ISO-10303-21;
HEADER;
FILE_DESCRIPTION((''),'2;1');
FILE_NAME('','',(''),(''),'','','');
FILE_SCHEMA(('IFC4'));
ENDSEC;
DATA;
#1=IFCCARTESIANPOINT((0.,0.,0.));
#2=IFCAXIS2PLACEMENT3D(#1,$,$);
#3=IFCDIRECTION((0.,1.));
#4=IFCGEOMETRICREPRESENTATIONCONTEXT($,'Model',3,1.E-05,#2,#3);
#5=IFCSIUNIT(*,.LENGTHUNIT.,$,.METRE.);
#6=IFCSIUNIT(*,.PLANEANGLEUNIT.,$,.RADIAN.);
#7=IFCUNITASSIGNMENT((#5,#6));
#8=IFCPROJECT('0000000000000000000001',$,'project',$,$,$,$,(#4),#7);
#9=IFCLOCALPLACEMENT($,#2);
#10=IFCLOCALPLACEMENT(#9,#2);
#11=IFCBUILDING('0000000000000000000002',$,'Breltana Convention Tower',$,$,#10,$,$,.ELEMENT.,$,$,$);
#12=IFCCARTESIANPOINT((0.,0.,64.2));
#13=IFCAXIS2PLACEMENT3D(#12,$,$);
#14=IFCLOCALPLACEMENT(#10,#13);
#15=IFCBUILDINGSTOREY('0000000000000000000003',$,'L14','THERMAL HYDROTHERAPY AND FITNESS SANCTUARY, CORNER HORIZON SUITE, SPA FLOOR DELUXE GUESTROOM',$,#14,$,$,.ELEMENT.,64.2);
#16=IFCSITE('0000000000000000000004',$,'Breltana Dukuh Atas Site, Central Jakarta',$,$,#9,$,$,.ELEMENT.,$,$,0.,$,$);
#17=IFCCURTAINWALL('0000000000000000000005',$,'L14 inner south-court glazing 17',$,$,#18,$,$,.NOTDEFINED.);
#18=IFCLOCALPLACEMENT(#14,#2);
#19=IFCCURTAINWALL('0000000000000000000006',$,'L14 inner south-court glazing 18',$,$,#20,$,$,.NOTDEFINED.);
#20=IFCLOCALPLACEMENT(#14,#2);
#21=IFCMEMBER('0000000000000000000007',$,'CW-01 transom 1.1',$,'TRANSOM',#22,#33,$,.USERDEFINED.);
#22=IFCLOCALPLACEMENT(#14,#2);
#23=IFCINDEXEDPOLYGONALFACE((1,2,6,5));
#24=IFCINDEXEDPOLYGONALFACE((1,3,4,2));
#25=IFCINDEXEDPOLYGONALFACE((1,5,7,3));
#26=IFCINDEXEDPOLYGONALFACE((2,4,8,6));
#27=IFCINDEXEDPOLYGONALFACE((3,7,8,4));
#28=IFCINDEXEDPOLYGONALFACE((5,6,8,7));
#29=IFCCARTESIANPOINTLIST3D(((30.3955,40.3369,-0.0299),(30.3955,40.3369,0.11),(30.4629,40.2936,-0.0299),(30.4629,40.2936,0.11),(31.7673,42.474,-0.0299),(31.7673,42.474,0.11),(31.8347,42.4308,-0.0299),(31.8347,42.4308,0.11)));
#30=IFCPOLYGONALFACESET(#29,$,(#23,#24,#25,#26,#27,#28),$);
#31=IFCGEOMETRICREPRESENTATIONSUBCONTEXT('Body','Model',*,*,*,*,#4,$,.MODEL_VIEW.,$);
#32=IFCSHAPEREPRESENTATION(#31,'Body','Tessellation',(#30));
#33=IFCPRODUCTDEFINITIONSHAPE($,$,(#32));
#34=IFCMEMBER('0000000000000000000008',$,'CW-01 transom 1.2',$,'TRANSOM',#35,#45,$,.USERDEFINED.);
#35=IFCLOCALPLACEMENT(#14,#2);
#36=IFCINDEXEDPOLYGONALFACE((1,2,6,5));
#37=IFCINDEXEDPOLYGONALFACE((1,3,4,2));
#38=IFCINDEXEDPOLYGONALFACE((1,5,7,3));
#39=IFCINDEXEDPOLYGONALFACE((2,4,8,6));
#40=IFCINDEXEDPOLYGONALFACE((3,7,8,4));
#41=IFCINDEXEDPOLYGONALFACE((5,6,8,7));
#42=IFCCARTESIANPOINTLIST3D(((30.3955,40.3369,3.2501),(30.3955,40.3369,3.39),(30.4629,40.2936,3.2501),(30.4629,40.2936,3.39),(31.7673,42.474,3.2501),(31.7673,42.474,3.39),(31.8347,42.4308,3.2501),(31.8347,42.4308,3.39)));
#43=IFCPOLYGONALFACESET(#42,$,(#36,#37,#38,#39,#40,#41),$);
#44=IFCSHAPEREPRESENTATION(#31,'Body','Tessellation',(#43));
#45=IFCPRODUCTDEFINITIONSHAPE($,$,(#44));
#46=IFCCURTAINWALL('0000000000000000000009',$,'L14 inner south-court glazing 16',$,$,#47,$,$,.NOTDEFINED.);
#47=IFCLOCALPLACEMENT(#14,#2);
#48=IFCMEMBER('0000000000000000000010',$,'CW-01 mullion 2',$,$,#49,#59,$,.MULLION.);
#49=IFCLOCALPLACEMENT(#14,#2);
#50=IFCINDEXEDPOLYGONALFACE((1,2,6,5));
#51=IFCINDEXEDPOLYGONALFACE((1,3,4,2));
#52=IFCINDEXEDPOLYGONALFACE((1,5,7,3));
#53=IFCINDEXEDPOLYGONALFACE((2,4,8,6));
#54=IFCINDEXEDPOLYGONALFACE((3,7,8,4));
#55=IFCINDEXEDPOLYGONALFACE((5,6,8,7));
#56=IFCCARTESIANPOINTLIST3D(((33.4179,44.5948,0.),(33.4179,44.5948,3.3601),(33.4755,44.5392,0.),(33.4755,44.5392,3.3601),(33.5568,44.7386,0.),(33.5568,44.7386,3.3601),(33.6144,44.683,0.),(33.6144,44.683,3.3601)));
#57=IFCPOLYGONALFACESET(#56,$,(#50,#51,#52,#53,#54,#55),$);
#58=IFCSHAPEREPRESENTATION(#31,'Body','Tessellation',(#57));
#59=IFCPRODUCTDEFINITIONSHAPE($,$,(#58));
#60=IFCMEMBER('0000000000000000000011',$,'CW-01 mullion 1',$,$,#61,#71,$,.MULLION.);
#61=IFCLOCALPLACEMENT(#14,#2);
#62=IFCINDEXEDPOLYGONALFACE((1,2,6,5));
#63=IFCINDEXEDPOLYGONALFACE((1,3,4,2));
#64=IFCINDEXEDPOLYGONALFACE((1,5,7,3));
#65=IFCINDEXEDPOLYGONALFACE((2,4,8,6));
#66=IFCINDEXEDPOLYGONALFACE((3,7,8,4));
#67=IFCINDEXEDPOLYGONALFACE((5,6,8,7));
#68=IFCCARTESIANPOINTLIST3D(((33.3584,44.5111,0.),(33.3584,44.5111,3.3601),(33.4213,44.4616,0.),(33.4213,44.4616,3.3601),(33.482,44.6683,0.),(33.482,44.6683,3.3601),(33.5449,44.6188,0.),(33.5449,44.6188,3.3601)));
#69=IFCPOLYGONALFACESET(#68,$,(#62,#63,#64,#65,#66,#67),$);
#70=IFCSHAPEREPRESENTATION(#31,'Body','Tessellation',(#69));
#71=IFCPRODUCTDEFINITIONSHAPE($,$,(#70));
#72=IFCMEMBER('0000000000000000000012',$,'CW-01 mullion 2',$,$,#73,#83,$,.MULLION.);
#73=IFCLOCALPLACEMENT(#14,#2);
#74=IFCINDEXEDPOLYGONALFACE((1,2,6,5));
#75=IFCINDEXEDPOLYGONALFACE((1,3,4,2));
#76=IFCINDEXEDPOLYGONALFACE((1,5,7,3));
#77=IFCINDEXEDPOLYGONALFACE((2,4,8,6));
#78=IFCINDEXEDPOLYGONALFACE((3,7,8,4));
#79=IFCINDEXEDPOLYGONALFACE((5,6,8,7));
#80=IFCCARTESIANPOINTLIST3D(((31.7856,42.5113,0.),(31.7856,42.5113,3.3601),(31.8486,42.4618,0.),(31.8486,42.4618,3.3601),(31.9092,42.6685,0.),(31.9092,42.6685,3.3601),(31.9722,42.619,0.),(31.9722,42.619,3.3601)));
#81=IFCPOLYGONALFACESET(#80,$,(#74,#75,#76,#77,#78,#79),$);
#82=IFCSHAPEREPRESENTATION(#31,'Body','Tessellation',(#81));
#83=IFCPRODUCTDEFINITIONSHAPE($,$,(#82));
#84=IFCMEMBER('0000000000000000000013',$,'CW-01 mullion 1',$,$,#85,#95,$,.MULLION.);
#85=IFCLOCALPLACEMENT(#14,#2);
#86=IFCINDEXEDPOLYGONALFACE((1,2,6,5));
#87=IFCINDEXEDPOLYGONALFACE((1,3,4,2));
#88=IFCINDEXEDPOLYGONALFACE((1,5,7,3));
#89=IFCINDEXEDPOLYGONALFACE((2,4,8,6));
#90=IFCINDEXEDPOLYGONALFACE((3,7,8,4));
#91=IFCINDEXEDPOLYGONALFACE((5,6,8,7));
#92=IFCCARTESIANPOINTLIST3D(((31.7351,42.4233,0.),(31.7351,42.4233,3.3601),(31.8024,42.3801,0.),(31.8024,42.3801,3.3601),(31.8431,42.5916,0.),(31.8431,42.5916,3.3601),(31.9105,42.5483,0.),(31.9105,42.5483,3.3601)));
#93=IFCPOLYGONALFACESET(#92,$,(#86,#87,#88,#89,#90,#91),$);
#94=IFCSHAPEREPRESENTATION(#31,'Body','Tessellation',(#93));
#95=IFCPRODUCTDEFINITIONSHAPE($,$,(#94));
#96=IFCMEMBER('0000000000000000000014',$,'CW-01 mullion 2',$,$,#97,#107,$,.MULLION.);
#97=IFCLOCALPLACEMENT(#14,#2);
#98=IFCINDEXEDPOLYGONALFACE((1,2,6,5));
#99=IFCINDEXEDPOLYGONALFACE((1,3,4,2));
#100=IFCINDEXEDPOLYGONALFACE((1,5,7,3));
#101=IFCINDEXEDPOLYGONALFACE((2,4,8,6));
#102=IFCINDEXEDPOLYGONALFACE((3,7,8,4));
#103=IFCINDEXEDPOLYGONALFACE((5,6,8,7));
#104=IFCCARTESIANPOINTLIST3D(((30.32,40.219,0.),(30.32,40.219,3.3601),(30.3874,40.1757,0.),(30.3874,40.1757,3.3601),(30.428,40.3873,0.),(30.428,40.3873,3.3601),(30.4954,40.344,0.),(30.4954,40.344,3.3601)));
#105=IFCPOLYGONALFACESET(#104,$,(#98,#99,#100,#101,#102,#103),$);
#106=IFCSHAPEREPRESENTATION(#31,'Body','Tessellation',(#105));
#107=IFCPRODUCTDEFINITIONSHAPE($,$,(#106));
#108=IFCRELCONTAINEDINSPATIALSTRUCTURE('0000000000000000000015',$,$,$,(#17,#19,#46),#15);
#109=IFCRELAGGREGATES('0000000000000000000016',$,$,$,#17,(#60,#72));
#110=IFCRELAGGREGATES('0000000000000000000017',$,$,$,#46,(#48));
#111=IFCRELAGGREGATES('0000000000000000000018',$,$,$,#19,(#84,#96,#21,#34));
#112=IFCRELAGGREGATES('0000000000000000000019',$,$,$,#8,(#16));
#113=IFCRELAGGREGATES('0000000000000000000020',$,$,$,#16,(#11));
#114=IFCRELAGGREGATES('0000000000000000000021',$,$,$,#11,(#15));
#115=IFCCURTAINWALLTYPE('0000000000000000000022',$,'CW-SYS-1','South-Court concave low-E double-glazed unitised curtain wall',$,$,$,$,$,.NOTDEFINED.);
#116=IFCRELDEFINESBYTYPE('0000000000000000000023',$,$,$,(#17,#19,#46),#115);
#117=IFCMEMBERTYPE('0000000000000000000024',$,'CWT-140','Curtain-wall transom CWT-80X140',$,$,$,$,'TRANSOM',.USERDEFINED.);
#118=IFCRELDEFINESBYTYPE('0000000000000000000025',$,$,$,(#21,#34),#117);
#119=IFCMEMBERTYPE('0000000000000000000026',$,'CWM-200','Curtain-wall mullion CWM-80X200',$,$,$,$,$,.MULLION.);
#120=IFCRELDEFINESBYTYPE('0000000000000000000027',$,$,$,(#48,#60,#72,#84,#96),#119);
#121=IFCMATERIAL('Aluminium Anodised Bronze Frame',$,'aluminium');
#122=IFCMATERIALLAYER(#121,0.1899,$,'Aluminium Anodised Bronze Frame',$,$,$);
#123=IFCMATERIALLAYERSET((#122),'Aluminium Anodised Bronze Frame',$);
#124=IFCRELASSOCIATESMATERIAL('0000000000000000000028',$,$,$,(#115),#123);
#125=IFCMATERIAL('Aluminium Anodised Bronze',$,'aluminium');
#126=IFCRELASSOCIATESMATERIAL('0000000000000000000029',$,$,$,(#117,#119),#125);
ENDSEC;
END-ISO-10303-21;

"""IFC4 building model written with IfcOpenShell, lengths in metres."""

from ifc_helpers import new_model, si_unit, direction, frame, origin, origin_2d, place, context, subcontext, project, spatial, rectangle, extrude, source, transform, mapped, material, layer, layer_set, material_profile, profile_set, type_object, element, aggregate, save


model = new_model("IFC4")

# Units and contexts
model_context = context("Model", 3, precision=1e-05, world=origin(), true_north=direction((0.0, 1.0)))
body_context = subcontext(model_context, "Body", "Model", "MODEL_VIEW")
ifc_project = project(units=[si_unit("LENGTHUNIT", "METRE"), si_unit("PLANEANGLEUNIT", "RADIAN")], contexts=[model_context])

# Site, building, storey
site_placement = place(None, origin())
site = spatial("IfcSite", under=ifc_project, at=site_placement, Name="Breltana Dukuh Atas Site, Central Jakarta", CompositionType="ELEMENT", RefElevation=0.0)
building_placement = place(site_placement, origin())
building = spatial("IfcBuilding", under=site, at=building_placement, Name="Breltana Convention Tower", CompositionType="ELEMENT")
storey_placement = place(building_placement, frame((0.0, 0.0, 64.2)))
storey = spatial("IfcBuildingStorey", under=building, at=storey_placement, Name="L14", Description="THERMAL HYDROTHERAPY AND FITNESS SANCTUARY, CORNER HORIZON SUITE, SPA FLOOR DELUXE GUESTROOM", CompositionType="ELEMENT", Elevation=64.2)

# Curtain walls, members
ifc_material_1 = material(Name="Aluminium Anodised Bronze Frame", Category="aluminium")
ifc_layer_1 = layer(ifc_material_1, 0.1899, Name="Aluminium Anodised Bronze Frame")
ifc_layer_set_1 = layer_set([ifc_layer_1], Name="Aluminium Anodised Bronze Frame")
curtain_wall_type = type_object("IfcCurtainWallType", Name="CW-SYS-1", Description="South-Court concave low-E double-glazed unitised curtain wall", PredefinedType="NOTDEFINED", material=ifc_layer_set_1)
curtain_wall_1_placement = place(storey_placement, origin())
curtain_wall_1 = element("IfcCurtainWall", 1, at=curtain_wall_1_placement, inside=storey, type_object=curtain_wall_type, Name="L14 inner south-court glazing 17", PredefinedType="NOTDEFINED")
ifc_material_2 = material(Name="Aluminium Anodised Bronze", Category="aluminium")
ifc_material_profile_1 = material_profile(ifc_material_2, rectangle(XDim=0.0801, YDim=0.1399, at=origin_2d()), Name="CWT-80X140")
ifc_profile_set_1 = profile_set([ifc_material_profile_1], Name="Aluminium Anodised Bronze")
member_type_1 = type_object("IfcMemberType", Name="CWT-140", Description="Curtain-wall transom CWT-80X140", ElementType="TRANSOM", PredefinedType="USERDEFINED", material=ifc_profile_set_1)
curtain_wall_2_placement = place(storey_placement, origin())
curtain_wall_2 = element("IfcCurtainWall", 2, at=curtain_wall_2_placement, inside=storey, type_object=curtain_wall_type, Name="L14 inner south-court glazing 18", PredefinedType="NOTDEFINED")
shared_shape_1 = source(origin(), body_context, "Body", "SweptSolid", [
    extrude(rectangle(XDim=0.0801, YDim=0.1399, at=origin_2d()), origin(), (0.0, 0.0, 1.0), 2.5396),
])
member_1_placement = place(storey_placement, frame((31.801, 42.4524, 0.04), z_axis=(-0.540174, -0.841553, 0.0), x_axis=(0.841553, -0.540174, 0.0)))
member_1 = element("IfcMember", 3, at=member_1_placement, type_object=member_type_1, Name="CW-01 transom 1.1", ObjectType="TRANSOM", PredefinedType="USERDEFINED", context=body_context, shape_type="MappedRepresentation", body=[
    mapped(shared_shape_1, transform((0.0, 0.0, 0.0), scale=1.0)),
])
member_2_placement = place(storey_placement, frame((31.801, 42.4524, 3.3201), z_axis=(-0.540174, -0.841553, 0.0), x_axis=(0.841553, -0.540174, 0.0)))
member_2 = element("IfcMember", 4, at=member_2_placement, type_object=member_type_1, Name="CW-01 transom 1.2", ObjectType="TRANSOM", PredefinedType="USERDEFINED", context=body_context, shape_type="MappedRepresentation", body=[
    mapped(shared_shape_1, transform((0.0, 0.0, 0.0), scale=1.0)),
])

# Curtain wall, member
curtain_wall_3_placement = place(storey_placement, origin())
curtain_wall_3 = element("IfcCurtainWall", 5, at=curtain_wall_3_placement, inside=storey, type_object=curtain_wall_type, Name="L14 inner south-court glazing 16", PredefinedType="NOTDEFINED")
ifc_material_profile_2 = material_profile(ifc_material_2, rectangle(XDim=0.0801, YDim=0.2, at=origin_2d()), Name="CWM-80X200")
ifc_profile_set_2 = profile_set([ifc_material_profile_2], Name="Aluminium Anodised Bronze")
member_type_2 = type_object("IfcMemberType", Name="CWM-200", Description="Curtain-wall mullion CWM-80X200", PredefinedType="MULLION", material=ifc_profile_set_2)
shared_shape_2 = source(origin(), body_context, "Body", "SweptSolid", [
    extrude(rectangle(XDim=0.0801, YDim=0.2, at=origin_2d()), origin(), (0.0, 0.0, 1.0), 3.3601),
])
member_3_placement = place(storey_placement, frame((33.5161, 44.6389, 0.0), z_axis=(0.0, 0.0, 1.0), x_axis=(0.719385, -0.694612, 0.0)))
member_3 = element("IfcMember", 6, at=member_3_placement, type_object=member_type_2, Name="CW-01 mullion 2", PredefinedType="MULLION", context=body_context, shape_type="MappedRepresentation", body=[
    mapped(shared_shape_2, transform((0.0, 0.0, 0.0), scale=1.0)),
])

# Members
member_4_placement = place(storey_placement, frame((33.4517, 44.5649, 0.0), z_axis=(0.0, 0.0, 1.0), x_axis=(0.786058, -0.618153, 0.0)))
member_4 = element("IfcMember", 7, at=member_4_placement, type_object=member_type_2, Name="CW-01 mullion 1", PredefinedType="MULLION", context=body_context, shape_type="MappedRepresentation", body=[
    mapped(shared_shape_2, transform((0.0, 0.0, 0.0), scale=1.0)),
])
member_5_placement = place(storey_placement, frame((31.8789, 42.5652, 0.0), z_axis=(0.0, 0.0, 1.0), x_axis=(0.786058, -0.618153, 0.0)))
member_5 = element("IfcMember", 8, at=member_5_placement, type_object=member_type_2, Name="CW-01 mullion 2", PredefinedType="MULLION", context=body_context, shape_type="MappedRepresentation", body=[
    mapped(shared_shape_2, transform((0.0, 0.0, 0.0), scale=1.0)),
])
member_6_placement = place(storey_placement, frame((31.8228, 42.4858, 0.0), z_axis=(0.0, 0.0, 1.0), x_axis=(0.841556, -0.54017, 0.0)))
member_6 = element("IfcMember", 9, at=member_6_placement, type_object=member_type_2, Name="CW-01 mullion 1", PredefinedType="MULLION", context=body_context, shape_type="MappedRepresentation", body=[
    mapped(shared_shape_2, transform((0.0, 0.0, 0.0), scale=1.0)),
])
member_7_placement = place(storey_placement, frame((30.4077, 40.2815, 0.0), z_axis=(0.0, 0.0, 1.0), x_axis=(0.841556, -0.54017, 0.0)))
member_7 = element("IfcMember", 10, at=member_7_placement, type_object=member_type_2, Name="CW-01 mullion 2", PredefinedType="MULLION", context=body_context, shape_type="MappedRepresentation", body=[
    mapped(shared_shape_2, transform((0.0, 0.0, 0.0), scale=1.0)),
])

aggregate(curtain_wall_1, [member_4, member_5])
aggregate(curtain_wall_3, [member_3])
aggregate(curtain_wall_2, [member_6, member_7, member_1, member_2])

save(model, "model.ifc")
